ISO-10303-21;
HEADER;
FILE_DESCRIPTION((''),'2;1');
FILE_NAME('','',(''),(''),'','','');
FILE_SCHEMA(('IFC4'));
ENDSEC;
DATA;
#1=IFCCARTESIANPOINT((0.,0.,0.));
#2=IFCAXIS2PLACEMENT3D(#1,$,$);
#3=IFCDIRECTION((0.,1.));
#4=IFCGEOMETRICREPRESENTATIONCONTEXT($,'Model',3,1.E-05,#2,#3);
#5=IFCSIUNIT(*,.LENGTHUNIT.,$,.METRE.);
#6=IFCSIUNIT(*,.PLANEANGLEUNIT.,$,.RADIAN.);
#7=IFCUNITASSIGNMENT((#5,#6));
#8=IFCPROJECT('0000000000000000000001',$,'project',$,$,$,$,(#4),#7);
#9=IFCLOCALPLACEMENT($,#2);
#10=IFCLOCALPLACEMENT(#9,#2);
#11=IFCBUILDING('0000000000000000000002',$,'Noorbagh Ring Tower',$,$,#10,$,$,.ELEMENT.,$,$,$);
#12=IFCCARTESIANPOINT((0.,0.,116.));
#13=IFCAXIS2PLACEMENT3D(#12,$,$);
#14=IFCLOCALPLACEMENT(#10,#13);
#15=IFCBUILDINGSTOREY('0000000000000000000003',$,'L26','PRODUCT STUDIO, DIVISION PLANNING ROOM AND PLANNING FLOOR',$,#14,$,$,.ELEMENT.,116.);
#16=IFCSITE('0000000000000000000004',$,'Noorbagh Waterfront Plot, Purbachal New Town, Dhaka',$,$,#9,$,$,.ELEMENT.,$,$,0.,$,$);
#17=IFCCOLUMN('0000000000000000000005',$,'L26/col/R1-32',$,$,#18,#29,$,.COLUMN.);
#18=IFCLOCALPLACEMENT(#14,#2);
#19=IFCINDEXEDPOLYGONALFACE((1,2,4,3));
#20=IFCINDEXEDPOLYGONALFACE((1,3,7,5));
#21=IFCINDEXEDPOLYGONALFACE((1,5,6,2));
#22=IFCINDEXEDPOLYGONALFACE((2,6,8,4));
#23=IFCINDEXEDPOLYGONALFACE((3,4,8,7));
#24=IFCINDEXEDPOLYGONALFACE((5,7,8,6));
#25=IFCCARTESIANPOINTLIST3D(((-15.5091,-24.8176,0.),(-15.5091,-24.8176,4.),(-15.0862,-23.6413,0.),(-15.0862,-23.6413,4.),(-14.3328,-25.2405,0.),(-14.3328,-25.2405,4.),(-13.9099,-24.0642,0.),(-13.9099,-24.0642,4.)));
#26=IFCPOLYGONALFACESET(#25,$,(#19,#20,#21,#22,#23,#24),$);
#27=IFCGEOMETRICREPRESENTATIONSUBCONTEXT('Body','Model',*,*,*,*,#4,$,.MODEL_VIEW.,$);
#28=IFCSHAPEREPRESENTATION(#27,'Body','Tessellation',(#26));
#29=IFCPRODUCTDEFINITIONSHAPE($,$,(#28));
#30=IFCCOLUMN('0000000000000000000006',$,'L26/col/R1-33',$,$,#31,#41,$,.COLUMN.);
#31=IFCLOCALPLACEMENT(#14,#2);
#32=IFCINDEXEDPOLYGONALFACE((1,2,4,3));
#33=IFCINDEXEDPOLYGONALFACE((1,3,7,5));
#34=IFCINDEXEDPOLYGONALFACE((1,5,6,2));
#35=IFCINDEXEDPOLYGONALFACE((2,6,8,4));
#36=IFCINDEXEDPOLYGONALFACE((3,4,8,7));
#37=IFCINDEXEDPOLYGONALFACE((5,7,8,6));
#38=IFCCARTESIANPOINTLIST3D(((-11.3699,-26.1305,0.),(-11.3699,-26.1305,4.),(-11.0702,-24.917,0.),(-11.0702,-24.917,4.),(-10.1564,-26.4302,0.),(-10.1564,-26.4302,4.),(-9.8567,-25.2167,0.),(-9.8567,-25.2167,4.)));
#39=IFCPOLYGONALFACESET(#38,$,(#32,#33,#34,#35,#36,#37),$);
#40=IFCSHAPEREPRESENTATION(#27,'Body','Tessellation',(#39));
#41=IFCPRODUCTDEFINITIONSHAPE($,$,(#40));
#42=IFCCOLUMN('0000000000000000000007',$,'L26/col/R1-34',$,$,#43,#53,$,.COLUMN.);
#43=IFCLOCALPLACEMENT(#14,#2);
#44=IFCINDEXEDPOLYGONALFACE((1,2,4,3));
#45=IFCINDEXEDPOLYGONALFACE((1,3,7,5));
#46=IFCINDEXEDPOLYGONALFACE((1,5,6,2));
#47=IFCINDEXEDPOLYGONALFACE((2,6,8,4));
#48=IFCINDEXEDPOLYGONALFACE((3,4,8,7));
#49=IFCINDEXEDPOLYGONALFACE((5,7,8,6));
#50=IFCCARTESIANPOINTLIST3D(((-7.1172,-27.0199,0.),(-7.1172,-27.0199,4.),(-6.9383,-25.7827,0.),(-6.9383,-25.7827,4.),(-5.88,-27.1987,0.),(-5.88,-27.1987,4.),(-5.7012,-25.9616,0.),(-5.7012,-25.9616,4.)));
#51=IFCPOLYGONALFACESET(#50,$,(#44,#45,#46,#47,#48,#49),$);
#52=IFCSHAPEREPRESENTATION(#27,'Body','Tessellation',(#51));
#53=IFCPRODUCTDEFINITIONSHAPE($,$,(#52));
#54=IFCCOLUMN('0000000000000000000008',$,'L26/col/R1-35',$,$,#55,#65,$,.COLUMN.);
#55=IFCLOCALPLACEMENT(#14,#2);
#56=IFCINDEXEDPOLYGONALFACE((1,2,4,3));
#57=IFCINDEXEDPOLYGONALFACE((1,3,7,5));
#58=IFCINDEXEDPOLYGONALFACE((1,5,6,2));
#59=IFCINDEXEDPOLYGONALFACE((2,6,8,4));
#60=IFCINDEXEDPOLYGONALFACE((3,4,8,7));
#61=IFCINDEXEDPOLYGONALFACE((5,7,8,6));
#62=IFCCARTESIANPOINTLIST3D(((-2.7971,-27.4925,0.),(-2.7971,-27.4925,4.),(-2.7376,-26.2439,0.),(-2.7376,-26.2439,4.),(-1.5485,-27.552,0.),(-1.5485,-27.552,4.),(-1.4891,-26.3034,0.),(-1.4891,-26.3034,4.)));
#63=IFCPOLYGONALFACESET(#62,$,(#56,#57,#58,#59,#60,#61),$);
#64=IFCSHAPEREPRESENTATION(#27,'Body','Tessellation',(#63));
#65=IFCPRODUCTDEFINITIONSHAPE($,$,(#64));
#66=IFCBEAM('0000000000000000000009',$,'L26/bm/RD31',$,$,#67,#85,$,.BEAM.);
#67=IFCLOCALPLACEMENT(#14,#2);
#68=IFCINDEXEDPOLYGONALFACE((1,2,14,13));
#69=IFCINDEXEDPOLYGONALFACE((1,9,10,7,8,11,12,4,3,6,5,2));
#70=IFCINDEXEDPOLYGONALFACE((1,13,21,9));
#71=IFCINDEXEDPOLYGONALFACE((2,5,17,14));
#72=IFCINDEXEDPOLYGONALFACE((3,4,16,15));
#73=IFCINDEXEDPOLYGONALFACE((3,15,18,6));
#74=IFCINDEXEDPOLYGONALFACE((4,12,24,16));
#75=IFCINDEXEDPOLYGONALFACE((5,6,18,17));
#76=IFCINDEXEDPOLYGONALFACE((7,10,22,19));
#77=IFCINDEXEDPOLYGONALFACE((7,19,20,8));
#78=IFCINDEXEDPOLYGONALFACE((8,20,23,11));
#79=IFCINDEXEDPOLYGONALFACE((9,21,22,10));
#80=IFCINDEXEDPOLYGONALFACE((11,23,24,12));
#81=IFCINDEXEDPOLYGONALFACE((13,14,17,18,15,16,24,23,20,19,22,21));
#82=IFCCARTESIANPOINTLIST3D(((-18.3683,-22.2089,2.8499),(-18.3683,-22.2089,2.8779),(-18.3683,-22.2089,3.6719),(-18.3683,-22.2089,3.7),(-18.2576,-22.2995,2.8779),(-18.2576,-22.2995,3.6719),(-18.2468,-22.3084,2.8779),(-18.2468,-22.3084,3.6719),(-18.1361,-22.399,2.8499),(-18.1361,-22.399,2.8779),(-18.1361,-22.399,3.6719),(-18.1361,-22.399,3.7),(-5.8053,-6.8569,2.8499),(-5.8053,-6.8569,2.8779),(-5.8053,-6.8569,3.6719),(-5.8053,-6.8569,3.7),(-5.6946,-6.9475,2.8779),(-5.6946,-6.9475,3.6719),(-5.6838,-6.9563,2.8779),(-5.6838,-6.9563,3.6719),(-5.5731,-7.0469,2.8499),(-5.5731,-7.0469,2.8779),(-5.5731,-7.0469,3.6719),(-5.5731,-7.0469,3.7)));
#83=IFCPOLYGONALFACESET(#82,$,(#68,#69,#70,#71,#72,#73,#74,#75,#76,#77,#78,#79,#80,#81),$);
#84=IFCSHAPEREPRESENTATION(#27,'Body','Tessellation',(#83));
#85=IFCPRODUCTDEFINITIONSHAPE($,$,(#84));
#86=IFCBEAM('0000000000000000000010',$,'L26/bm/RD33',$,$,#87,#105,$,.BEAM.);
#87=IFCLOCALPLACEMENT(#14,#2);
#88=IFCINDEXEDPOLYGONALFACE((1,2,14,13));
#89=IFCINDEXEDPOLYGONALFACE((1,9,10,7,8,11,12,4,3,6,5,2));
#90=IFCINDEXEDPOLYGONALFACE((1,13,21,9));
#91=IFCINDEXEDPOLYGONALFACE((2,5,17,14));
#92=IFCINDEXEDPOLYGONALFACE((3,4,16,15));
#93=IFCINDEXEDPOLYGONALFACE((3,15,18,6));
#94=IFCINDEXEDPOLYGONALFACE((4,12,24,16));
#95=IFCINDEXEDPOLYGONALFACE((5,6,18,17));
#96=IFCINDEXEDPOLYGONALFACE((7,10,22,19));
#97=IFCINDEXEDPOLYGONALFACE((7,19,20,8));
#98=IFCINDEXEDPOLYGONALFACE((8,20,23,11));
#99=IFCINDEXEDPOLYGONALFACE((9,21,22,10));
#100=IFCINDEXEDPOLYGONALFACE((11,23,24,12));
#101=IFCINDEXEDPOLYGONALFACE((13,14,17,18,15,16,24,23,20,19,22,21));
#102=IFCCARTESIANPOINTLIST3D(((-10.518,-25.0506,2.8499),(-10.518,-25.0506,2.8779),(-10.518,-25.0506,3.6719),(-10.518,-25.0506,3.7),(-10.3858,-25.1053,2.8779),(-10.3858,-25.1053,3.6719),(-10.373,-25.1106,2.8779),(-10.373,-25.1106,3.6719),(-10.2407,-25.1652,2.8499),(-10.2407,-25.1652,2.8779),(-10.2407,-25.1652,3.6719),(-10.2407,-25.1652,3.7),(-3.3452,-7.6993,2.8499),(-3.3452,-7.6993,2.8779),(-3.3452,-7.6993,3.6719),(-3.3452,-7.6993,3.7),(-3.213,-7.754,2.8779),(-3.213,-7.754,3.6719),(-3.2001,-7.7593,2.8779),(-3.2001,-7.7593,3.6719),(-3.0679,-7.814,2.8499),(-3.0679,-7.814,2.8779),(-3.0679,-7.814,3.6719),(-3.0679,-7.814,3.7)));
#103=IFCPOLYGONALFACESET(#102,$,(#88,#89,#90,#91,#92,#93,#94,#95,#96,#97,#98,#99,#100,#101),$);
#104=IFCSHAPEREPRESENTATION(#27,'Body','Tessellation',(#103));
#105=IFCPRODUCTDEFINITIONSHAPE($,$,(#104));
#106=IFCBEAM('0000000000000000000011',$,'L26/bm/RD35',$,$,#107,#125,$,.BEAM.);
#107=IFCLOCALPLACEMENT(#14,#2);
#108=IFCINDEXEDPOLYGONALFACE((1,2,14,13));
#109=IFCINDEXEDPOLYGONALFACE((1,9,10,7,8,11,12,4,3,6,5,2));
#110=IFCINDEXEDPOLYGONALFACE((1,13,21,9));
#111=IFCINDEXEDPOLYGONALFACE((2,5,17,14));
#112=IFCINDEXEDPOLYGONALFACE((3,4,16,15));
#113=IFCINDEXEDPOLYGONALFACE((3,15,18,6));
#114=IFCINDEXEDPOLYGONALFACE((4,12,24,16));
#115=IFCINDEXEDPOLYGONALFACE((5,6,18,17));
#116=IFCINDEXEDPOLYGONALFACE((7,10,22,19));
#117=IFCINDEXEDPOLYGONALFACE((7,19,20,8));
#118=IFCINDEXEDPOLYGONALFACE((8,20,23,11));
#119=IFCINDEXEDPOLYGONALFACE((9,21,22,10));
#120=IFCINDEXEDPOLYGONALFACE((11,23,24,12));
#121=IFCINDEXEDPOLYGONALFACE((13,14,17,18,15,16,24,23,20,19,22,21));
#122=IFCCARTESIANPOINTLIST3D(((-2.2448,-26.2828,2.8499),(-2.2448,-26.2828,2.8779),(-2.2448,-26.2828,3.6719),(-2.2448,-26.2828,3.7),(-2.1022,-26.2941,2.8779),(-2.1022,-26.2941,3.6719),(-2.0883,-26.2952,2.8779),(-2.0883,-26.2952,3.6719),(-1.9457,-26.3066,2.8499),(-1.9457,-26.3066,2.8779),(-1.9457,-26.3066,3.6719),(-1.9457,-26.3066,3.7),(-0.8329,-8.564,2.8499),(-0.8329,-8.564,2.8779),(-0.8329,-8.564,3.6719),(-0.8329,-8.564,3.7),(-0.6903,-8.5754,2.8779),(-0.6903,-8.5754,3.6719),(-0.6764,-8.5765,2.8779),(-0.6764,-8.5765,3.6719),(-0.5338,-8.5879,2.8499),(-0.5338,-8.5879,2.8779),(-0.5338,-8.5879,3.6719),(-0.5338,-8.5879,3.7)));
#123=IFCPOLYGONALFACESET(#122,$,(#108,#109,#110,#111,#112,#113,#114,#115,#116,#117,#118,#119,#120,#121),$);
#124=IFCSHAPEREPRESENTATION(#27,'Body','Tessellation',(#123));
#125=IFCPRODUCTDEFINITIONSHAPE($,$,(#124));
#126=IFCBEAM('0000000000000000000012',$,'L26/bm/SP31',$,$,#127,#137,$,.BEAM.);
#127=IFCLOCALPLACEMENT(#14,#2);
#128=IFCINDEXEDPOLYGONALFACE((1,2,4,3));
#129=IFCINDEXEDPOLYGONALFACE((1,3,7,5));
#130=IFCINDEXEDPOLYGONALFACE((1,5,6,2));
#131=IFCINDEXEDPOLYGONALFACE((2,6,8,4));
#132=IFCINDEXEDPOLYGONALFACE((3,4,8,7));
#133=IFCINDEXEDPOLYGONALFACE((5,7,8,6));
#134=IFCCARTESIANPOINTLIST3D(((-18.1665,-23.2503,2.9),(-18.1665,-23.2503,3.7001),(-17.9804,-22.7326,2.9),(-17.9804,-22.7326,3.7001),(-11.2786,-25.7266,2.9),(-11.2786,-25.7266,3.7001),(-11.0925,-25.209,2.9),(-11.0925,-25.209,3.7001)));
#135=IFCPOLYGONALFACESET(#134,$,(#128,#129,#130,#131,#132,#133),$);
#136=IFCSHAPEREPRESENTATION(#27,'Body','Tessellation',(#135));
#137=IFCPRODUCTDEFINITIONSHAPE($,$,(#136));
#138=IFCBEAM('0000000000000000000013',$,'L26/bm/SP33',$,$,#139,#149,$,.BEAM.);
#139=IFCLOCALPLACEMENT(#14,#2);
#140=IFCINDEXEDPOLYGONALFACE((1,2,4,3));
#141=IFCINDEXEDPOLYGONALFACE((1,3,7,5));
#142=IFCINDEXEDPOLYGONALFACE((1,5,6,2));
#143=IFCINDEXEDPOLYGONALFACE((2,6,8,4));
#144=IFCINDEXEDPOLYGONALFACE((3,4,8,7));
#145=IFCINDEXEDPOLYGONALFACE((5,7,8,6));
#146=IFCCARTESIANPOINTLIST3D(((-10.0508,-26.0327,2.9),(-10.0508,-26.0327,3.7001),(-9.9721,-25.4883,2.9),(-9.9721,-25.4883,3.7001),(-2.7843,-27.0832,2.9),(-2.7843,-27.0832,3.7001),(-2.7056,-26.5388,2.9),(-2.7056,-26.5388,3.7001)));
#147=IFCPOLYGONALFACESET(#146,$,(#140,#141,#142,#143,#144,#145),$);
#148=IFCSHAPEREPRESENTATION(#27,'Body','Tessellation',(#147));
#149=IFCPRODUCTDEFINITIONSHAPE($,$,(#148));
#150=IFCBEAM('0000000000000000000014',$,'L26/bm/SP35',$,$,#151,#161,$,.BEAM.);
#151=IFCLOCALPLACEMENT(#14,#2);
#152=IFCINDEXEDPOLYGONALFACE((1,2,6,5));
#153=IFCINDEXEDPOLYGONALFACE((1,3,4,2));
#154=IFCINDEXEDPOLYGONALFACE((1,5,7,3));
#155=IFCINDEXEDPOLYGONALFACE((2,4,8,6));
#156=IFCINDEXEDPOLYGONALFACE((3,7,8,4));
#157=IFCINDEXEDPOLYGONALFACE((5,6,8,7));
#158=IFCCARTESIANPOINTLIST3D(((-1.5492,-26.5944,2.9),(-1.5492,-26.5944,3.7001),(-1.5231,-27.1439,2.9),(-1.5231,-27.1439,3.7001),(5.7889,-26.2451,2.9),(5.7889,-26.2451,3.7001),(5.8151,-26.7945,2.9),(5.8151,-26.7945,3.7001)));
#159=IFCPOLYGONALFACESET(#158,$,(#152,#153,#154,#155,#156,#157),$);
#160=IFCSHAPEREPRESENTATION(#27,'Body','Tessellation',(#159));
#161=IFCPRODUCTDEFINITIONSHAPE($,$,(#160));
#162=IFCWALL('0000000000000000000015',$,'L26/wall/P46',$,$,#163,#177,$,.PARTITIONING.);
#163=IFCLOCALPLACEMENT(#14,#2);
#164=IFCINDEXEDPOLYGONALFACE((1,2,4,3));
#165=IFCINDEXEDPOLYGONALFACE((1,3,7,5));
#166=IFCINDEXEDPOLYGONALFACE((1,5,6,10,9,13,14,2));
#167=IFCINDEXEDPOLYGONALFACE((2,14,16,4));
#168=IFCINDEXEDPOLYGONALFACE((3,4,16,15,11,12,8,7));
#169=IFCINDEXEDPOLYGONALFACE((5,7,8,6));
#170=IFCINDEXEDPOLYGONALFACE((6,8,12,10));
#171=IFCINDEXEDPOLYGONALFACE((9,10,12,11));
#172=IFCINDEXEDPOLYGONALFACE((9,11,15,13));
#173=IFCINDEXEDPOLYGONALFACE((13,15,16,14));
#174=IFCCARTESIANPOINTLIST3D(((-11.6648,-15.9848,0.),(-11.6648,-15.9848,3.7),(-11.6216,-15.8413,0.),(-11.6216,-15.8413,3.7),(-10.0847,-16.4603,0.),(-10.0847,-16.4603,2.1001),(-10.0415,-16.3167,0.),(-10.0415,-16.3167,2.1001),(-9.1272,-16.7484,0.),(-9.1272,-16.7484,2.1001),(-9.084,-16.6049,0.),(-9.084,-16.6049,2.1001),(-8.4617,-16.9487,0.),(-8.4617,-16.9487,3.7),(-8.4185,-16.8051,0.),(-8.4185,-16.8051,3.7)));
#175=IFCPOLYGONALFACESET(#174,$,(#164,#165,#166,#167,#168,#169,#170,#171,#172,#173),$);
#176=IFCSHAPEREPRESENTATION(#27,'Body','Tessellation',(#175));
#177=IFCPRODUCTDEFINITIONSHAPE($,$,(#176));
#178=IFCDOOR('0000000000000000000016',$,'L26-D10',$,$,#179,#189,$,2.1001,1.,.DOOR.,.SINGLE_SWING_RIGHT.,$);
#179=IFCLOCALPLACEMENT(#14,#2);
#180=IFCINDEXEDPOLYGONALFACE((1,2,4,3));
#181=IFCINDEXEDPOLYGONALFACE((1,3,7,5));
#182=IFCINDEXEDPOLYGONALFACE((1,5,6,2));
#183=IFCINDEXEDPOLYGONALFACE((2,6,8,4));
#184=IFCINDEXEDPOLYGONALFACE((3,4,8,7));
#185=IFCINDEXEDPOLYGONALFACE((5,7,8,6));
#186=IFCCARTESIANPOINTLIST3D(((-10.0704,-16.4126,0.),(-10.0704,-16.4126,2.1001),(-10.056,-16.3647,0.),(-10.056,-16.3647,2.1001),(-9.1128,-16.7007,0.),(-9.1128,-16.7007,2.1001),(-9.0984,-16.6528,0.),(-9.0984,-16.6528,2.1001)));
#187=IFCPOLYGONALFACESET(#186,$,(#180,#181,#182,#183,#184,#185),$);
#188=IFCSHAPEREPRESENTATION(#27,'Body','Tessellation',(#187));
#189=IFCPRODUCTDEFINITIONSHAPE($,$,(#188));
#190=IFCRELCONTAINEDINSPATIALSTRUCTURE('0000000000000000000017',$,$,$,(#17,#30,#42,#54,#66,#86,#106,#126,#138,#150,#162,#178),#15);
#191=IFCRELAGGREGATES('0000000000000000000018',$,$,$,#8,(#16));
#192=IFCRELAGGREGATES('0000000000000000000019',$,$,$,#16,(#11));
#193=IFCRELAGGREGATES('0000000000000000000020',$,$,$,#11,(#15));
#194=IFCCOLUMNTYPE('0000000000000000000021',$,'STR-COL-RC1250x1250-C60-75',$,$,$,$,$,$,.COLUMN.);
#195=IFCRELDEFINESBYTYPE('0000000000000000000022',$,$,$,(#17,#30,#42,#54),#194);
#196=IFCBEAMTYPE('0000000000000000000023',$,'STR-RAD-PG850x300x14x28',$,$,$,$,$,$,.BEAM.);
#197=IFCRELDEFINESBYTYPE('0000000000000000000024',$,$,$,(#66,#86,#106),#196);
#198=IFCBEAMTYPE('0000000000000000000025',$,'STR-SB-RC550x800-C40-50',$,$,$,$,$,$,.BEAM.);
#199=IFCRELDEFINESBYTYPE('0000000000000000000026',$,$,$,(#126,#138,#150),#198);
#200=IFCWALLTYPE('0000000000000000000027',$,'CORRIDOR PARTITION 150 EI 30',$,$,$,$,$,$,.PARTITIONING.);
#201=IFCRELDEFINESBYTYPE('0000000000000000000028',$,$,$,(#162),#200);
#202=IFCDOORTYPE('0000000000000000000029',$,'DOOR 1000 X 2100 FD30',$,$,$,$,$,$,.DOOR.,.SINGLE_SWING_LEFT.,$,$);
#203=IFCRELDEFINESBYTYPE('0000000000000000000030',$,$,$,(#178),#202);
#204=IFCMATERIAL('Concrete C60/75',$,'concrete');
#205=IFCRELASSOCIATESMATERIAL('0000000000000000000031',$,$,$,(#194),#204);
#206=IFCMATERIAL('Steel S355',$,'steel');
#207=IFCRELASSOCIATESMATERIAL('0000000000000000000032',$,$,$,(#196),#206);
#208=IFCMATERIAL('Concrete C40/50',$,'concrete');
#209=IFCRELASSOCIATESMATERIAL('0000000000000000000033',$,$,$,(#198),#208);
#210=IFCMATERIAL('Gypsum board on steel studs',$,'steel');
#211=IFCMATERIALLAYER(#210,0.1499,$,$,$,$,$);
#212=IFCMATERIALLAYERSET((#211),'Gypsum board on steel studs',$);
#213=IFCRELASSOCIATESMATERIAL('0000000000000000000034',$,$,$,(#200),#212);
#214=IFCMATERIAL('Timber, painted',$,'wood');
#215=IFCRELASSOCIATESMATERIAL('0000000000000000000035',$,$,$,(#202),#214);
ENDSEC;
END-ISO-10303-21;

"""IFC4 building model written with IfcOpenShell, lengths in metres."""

from ifc_helpers import new_model, si_unit, direction, frame, frame_2d, origin, origin_2d, place, context, subcontext, project, spatial, rectangle, i_section, extrude, material, layer, layer_set, material_profile, profile_set, type_object, element, fill, save


model = new_model("IFC4")

# Units and contexts
model_context = context("Model", 3, precision=1e-05, world=origin(), true_north=direction((0.0, 1.0)))
body_context = subcontext(model_context, "Body", "Model", "MODEL_VIEW")
ifc_project = project(units=[si_unit("LENGTHUNIT", "METRE"), si_unit("PLANEANGLEUNIT", "RADIAN")], contexts=[model_context])

# Site, building, storey
site_placement = place(None, origin())
site = spatial("IfcSite", under=ifc_project, at=site_placement, Name="Noorbagh Waterfront Plot, Purbachal New Town, Dhaka", CompositionType="ELEMENT", RefElevation=0.0)
building_placement = place(site_placement, origin())
building = spatial("IfcBuilding", under=site, at=building_placement, Name="Noorbagh Ring Tower", CompositionType="ELEMENT")
storey_placement = place(building_placement, frame((0.0, 0.0, 116.0)))
storey = spatial("IfcBuildingStorey", under=building, at=storey_placement, Name="L26", Description="PRODUCT STUDIO, DIVISION PLANNING ROOM AND PLANNING FLOOR", CompositionType="ELEMENT", Elevation=116.0)

# Columns
ifc_material_1 = material(Name="Concrete C60/75", Category="concrete")
ifc_material_profile_1 = material_profile(ifc_material_1, rectangle(XDim=1.25, YDim=1.25, at=origin_2d()), Name="RC1250x1250")
ifc_profile_set_1 = profile_set([ifc_material_profile_1], Name="Concrete C60/75")
column_type = type_object("IfcColumnType", Name="STR-COL-RC1250x1250-C60-75", PredefinedType="COLUMN", material=ifc_profile_set_1)
for number, where, z_axis, x_axis, name in (
    (1, (-14.7095, -24.4409, 0.0), (0.0, 0.0, 1.0), (0.941025, -0.338338, 0.0), "L26/col/R1-32"),
    (2, (-10.6133, -25.6736, 0.0), (0.0, 0.0, 1.0), (0.970829, -0.239771, 0.0), "L26/col/R1-33"),
    (3, (-6.4092, -26.4907, 0.0), (0.0, 0.0, 1.0), (0.989713, -0.143066, 0.0), "L26/col/R1-34"),
    (4, (-2.1431, -26.8979, 0.0), (0.0, 0.0, 1.0), (0.998869, -0.047553, 0.0), "L26/col/R1-35"),
):
    element("IfcColumn", number, at=place(storey_placement, frame(where, z_axis=z_axis, x_axis=x_axis)), inside=storey, type_object=column_type, Name=name, PredefinedType="COLUMN", context=body_context, shape_type="SweptSolid", body=[
        extrude(rectangle(XDim=1.25, YDim=1.25, at=origin_2d()), origin(), (0.0, 0.0, 1.0), 4.0),
    ])

# Beams
ifc_material_2 = material(Name="Steel S355", Category="steel")
ifc_material_profile_2 = material_profile(ifc_material_2, i_section(OverallWidth=0.3, OverallDepth=0.8501, WebThickness=0.0139, FlangeThickness=0.0281, at=origin_2d()), Name="PG850x300x14x28")
ifc_profile_set_2 = profile_set([ifc_material_profile_2], Name="Steel S355")
beam_type_1 = type_object("IfcBeamType", Name="STR-RAD-PG850x300x14x28", PredefinedType="BEAM", material=ifc_profile_set_2)
beam_1_placement = place(storey_placement, frame((-18.2522, -22.304, 3.2749), z_axis=(0.633305, 0.773902, 0.0), x_axis=(-0.773902, 0.633305, 0.0)))
element("IfcBeam", 5, at=beam_1_placement, inside=storey, type_object=beam_type_1, Name="L26/bm/RD31", PredefinedType="BEAM", context=body_context, shape_type="SweptSolid", body=[
    extrude(i_section(OverallWidth=0.3, OverallDepth=0.8501, WebThickness=0.0139, FlangeThickness=0.0281, at=origin_2d()), origin(), (0.0, 0.0, 1.0), 19.8372),
])
beam_2_placement = place(storey_placement, frame((-10.3794, -25.1079, 3.2749), z_axis=(0.382033, 0.924149, 0.0), x_axis=(-0.924149, 0.382033, 0.0)))
element("IfcBeam", 6, at=beam_2_placement, inside=storey, type_object=beam_type_1, Name="L26/bm/RD33", PredefinedType="BEAM", context=body_context, shape_type="SweptSolid", body=[
    extrude(i_section(OverallWidth=0.3, OverallDepth=0.8501, WebThickness=0.0139, FlangeThickness=0.0281, at=origin_2d()), origin(), (0.0, 0.0, 1.0), 18.7754),
])
beam_3_placement = place(storey_placement, frame((-2.0952, -26.2947, 3.2749), z_axis=(0.07943, 0.99684, 0.0), x_axis=(-0.99684, 0.07943, 0.0)))
element("IfcBeam", 7, at=beam_3_placement, inside=storey, type_object=beam_type_1, Name="L26/bm/RD35", PredefinedType="BEAM", context=body_context, shape_type="SweptSolid", body=[
    extrude(i_section(OverallWidth=0.3, OverallDepth=0.8501, WebThickness=0.0139, FlangeThickness=0.0281, at=origin_2d()), origin(), (0.0, 0.0, 1.0), 17.7749),
])
ifc_material_3 = material(Name="Concrete C40/50", Category="concrete")
ifc_material_profile_3 = material_profile(ifc_material_3, rectangle(XDim=0.55, YDim=0.8, at=origin_2d()), Name="RC550x800")
ifc_profile_set_3 = profile_set([ifc_material_profile_3], Name="Concrete C40/50")
beam_type_2 = type_object("IfcBeamType", Name="STR-SB-RC550x800-C40-50", PredefinedType="BEAM", material=ifc_profile_set_3)
beam_4_placement = place(storey_placement, frame((-18.0735, -22.9915, 3.3), z_axis=(0.941033, -0.338315, 0.0), x_axis=(0.338315, 0.941033, 0.0)))
element("IfcBeam", 8, at=beam_4_placement, inside=storey, type_object=beam_type_2, Name="L26/bm/SP31", PredefinedType="BEAM", context=body_context, shape_type="SweptSolid", body=[
    extrude(rectangle(XDim=0.55, YDim=0.8, at=origin_2d()), origin(), (0.0, 0.0, 1.0), 7.3196),
])
beam_5_placement = place(storey_placement, frame((-10.0115, -25.7605, 3.3), z_axis=(0.989711, -0.143083, 0.0), x_axis=(0.143083, 0.989711, 0.0)))
element("IfcBeam", 9, at=beam_5_placement, inside=storey, type_object=beam_type_2, Name="L26/bm/SP33", PredefinedType="BEAM", context=body_context, shape_type="SweptSolid", body=[
    extrude(rectangle(XDim=0.55, YDim=0.8, at=origin_2d()), origin(), (0.0, 0.0, 1.0), 7.342),
])
beam_6_placement = place(storey_placement, frame((-1.5361, -26.8691, 3.3), z_axis=(0.998869, 0.047556, 0.0), x_axis=(-0.047556, 0.998869, 0.0)))
element("IfcBeam", 10, at=beam_6_placement, inside=storey, type_object=beam_type_2, Name="L26/bm/SP35", PredefinedType="BEAM", context=body_context, shape_type="SweptSolid", body=[
    extrude(rectangle(XDim=0.55, YDim=0.8, at=origin_2d()), origin(), (0.0, 0.0, 1.0), 7.3464),
])

# Wall, opening, door
ifc_material_4 = material(Name="Gypsum board on steel studs", Category="steel")
ifc_layer_1 = layer(ifc_material_4, 0.1499)
ifc_layer_set_1 = layer_set([ifc_layer_1], Name="Gypsum board on steel studs")
wall_type_1 = type_object("IfcWallType", Name="CORRIDOR PARTITION 150 EI 30", PredefinedType="PARTITIONING", material=ifc_layer_set_1)
wall_1_placement = place(storey_placement, frame((-11.6431, -15.9131, 0.0), z_axis=(0.0, 0.0, 1.0), x_axis=(0.957585, -0.288151, 0.0)))
wall_1 = element("IfcWall", 11, at=wall_1_placement, inside=storey, type_object=wall_type_1, Name="L26/wall/P46", PredefinedType="PARTITIONING", context=body_context, shape_type="SweptSolid", body=[
    extrude(rectangle(XDim=3.345, YDim=0.1499, at=frame_2d((1.6724, 0.0))), origin(), (0.0, 0.0, 1.0), 3.7),
])
opening_1_placement = place(wall_1_placement, frame((1.6499, 0.0, 0.0)))
opening_1 = element("IfcOpeningElement", 12, at=opening_1_placement, cuts=wall_1, PredefinedType="OPENING", context=body_context, shape_type="SweptSolid", body=[
    extrude(rectangle(XDim=1.0, YDim=2.1001, at=frame_2d((0.5, 1.05))), frame((0.0, 0.085, 0.0), z_axis=(0.0, -1.0, 0.0), x_axis=(1.0, 0.0, 0.0)), (0.0, 0.0, 1.0), 0.1699),
])
ifc_material_5 = material(Name="Timber, painted", Category="wood")
door_type = type_object("IfcDoorType", Name="DOOR 1000 X 2100 FD30", OperationType="SINGLE_SWING_LEFT", PredefinedType="DOOR", material=ifc_material_5)
door_1_placement = place(opening_1_placement, origin())
door_1 = element("IfcDoor", 13, at=door_1_placement, inside=storey, type_object=door_type, Name="L26-D10", OperationType="SINGLE_SWING_RIGHT", OverallHeight=2.1001, OverallWidth=1.0, PredefinedType="DOOR", context=body_context, shape_type="SweptSolid", body=[
    extrude(rectangle(XDim=1.0, YDim=2.1001, at=frame_2d((0.5, 1.05))), frame((0.0, 0.0249, 0.0), z_axis=(0.0, -1.0, 0.0), x_axis=(1.0, 0.0, 0.0)), (0.0, 0.0, 1.0), 0.05),
])
fill(opening_1, door_1)

save(model, "model.ifc")
